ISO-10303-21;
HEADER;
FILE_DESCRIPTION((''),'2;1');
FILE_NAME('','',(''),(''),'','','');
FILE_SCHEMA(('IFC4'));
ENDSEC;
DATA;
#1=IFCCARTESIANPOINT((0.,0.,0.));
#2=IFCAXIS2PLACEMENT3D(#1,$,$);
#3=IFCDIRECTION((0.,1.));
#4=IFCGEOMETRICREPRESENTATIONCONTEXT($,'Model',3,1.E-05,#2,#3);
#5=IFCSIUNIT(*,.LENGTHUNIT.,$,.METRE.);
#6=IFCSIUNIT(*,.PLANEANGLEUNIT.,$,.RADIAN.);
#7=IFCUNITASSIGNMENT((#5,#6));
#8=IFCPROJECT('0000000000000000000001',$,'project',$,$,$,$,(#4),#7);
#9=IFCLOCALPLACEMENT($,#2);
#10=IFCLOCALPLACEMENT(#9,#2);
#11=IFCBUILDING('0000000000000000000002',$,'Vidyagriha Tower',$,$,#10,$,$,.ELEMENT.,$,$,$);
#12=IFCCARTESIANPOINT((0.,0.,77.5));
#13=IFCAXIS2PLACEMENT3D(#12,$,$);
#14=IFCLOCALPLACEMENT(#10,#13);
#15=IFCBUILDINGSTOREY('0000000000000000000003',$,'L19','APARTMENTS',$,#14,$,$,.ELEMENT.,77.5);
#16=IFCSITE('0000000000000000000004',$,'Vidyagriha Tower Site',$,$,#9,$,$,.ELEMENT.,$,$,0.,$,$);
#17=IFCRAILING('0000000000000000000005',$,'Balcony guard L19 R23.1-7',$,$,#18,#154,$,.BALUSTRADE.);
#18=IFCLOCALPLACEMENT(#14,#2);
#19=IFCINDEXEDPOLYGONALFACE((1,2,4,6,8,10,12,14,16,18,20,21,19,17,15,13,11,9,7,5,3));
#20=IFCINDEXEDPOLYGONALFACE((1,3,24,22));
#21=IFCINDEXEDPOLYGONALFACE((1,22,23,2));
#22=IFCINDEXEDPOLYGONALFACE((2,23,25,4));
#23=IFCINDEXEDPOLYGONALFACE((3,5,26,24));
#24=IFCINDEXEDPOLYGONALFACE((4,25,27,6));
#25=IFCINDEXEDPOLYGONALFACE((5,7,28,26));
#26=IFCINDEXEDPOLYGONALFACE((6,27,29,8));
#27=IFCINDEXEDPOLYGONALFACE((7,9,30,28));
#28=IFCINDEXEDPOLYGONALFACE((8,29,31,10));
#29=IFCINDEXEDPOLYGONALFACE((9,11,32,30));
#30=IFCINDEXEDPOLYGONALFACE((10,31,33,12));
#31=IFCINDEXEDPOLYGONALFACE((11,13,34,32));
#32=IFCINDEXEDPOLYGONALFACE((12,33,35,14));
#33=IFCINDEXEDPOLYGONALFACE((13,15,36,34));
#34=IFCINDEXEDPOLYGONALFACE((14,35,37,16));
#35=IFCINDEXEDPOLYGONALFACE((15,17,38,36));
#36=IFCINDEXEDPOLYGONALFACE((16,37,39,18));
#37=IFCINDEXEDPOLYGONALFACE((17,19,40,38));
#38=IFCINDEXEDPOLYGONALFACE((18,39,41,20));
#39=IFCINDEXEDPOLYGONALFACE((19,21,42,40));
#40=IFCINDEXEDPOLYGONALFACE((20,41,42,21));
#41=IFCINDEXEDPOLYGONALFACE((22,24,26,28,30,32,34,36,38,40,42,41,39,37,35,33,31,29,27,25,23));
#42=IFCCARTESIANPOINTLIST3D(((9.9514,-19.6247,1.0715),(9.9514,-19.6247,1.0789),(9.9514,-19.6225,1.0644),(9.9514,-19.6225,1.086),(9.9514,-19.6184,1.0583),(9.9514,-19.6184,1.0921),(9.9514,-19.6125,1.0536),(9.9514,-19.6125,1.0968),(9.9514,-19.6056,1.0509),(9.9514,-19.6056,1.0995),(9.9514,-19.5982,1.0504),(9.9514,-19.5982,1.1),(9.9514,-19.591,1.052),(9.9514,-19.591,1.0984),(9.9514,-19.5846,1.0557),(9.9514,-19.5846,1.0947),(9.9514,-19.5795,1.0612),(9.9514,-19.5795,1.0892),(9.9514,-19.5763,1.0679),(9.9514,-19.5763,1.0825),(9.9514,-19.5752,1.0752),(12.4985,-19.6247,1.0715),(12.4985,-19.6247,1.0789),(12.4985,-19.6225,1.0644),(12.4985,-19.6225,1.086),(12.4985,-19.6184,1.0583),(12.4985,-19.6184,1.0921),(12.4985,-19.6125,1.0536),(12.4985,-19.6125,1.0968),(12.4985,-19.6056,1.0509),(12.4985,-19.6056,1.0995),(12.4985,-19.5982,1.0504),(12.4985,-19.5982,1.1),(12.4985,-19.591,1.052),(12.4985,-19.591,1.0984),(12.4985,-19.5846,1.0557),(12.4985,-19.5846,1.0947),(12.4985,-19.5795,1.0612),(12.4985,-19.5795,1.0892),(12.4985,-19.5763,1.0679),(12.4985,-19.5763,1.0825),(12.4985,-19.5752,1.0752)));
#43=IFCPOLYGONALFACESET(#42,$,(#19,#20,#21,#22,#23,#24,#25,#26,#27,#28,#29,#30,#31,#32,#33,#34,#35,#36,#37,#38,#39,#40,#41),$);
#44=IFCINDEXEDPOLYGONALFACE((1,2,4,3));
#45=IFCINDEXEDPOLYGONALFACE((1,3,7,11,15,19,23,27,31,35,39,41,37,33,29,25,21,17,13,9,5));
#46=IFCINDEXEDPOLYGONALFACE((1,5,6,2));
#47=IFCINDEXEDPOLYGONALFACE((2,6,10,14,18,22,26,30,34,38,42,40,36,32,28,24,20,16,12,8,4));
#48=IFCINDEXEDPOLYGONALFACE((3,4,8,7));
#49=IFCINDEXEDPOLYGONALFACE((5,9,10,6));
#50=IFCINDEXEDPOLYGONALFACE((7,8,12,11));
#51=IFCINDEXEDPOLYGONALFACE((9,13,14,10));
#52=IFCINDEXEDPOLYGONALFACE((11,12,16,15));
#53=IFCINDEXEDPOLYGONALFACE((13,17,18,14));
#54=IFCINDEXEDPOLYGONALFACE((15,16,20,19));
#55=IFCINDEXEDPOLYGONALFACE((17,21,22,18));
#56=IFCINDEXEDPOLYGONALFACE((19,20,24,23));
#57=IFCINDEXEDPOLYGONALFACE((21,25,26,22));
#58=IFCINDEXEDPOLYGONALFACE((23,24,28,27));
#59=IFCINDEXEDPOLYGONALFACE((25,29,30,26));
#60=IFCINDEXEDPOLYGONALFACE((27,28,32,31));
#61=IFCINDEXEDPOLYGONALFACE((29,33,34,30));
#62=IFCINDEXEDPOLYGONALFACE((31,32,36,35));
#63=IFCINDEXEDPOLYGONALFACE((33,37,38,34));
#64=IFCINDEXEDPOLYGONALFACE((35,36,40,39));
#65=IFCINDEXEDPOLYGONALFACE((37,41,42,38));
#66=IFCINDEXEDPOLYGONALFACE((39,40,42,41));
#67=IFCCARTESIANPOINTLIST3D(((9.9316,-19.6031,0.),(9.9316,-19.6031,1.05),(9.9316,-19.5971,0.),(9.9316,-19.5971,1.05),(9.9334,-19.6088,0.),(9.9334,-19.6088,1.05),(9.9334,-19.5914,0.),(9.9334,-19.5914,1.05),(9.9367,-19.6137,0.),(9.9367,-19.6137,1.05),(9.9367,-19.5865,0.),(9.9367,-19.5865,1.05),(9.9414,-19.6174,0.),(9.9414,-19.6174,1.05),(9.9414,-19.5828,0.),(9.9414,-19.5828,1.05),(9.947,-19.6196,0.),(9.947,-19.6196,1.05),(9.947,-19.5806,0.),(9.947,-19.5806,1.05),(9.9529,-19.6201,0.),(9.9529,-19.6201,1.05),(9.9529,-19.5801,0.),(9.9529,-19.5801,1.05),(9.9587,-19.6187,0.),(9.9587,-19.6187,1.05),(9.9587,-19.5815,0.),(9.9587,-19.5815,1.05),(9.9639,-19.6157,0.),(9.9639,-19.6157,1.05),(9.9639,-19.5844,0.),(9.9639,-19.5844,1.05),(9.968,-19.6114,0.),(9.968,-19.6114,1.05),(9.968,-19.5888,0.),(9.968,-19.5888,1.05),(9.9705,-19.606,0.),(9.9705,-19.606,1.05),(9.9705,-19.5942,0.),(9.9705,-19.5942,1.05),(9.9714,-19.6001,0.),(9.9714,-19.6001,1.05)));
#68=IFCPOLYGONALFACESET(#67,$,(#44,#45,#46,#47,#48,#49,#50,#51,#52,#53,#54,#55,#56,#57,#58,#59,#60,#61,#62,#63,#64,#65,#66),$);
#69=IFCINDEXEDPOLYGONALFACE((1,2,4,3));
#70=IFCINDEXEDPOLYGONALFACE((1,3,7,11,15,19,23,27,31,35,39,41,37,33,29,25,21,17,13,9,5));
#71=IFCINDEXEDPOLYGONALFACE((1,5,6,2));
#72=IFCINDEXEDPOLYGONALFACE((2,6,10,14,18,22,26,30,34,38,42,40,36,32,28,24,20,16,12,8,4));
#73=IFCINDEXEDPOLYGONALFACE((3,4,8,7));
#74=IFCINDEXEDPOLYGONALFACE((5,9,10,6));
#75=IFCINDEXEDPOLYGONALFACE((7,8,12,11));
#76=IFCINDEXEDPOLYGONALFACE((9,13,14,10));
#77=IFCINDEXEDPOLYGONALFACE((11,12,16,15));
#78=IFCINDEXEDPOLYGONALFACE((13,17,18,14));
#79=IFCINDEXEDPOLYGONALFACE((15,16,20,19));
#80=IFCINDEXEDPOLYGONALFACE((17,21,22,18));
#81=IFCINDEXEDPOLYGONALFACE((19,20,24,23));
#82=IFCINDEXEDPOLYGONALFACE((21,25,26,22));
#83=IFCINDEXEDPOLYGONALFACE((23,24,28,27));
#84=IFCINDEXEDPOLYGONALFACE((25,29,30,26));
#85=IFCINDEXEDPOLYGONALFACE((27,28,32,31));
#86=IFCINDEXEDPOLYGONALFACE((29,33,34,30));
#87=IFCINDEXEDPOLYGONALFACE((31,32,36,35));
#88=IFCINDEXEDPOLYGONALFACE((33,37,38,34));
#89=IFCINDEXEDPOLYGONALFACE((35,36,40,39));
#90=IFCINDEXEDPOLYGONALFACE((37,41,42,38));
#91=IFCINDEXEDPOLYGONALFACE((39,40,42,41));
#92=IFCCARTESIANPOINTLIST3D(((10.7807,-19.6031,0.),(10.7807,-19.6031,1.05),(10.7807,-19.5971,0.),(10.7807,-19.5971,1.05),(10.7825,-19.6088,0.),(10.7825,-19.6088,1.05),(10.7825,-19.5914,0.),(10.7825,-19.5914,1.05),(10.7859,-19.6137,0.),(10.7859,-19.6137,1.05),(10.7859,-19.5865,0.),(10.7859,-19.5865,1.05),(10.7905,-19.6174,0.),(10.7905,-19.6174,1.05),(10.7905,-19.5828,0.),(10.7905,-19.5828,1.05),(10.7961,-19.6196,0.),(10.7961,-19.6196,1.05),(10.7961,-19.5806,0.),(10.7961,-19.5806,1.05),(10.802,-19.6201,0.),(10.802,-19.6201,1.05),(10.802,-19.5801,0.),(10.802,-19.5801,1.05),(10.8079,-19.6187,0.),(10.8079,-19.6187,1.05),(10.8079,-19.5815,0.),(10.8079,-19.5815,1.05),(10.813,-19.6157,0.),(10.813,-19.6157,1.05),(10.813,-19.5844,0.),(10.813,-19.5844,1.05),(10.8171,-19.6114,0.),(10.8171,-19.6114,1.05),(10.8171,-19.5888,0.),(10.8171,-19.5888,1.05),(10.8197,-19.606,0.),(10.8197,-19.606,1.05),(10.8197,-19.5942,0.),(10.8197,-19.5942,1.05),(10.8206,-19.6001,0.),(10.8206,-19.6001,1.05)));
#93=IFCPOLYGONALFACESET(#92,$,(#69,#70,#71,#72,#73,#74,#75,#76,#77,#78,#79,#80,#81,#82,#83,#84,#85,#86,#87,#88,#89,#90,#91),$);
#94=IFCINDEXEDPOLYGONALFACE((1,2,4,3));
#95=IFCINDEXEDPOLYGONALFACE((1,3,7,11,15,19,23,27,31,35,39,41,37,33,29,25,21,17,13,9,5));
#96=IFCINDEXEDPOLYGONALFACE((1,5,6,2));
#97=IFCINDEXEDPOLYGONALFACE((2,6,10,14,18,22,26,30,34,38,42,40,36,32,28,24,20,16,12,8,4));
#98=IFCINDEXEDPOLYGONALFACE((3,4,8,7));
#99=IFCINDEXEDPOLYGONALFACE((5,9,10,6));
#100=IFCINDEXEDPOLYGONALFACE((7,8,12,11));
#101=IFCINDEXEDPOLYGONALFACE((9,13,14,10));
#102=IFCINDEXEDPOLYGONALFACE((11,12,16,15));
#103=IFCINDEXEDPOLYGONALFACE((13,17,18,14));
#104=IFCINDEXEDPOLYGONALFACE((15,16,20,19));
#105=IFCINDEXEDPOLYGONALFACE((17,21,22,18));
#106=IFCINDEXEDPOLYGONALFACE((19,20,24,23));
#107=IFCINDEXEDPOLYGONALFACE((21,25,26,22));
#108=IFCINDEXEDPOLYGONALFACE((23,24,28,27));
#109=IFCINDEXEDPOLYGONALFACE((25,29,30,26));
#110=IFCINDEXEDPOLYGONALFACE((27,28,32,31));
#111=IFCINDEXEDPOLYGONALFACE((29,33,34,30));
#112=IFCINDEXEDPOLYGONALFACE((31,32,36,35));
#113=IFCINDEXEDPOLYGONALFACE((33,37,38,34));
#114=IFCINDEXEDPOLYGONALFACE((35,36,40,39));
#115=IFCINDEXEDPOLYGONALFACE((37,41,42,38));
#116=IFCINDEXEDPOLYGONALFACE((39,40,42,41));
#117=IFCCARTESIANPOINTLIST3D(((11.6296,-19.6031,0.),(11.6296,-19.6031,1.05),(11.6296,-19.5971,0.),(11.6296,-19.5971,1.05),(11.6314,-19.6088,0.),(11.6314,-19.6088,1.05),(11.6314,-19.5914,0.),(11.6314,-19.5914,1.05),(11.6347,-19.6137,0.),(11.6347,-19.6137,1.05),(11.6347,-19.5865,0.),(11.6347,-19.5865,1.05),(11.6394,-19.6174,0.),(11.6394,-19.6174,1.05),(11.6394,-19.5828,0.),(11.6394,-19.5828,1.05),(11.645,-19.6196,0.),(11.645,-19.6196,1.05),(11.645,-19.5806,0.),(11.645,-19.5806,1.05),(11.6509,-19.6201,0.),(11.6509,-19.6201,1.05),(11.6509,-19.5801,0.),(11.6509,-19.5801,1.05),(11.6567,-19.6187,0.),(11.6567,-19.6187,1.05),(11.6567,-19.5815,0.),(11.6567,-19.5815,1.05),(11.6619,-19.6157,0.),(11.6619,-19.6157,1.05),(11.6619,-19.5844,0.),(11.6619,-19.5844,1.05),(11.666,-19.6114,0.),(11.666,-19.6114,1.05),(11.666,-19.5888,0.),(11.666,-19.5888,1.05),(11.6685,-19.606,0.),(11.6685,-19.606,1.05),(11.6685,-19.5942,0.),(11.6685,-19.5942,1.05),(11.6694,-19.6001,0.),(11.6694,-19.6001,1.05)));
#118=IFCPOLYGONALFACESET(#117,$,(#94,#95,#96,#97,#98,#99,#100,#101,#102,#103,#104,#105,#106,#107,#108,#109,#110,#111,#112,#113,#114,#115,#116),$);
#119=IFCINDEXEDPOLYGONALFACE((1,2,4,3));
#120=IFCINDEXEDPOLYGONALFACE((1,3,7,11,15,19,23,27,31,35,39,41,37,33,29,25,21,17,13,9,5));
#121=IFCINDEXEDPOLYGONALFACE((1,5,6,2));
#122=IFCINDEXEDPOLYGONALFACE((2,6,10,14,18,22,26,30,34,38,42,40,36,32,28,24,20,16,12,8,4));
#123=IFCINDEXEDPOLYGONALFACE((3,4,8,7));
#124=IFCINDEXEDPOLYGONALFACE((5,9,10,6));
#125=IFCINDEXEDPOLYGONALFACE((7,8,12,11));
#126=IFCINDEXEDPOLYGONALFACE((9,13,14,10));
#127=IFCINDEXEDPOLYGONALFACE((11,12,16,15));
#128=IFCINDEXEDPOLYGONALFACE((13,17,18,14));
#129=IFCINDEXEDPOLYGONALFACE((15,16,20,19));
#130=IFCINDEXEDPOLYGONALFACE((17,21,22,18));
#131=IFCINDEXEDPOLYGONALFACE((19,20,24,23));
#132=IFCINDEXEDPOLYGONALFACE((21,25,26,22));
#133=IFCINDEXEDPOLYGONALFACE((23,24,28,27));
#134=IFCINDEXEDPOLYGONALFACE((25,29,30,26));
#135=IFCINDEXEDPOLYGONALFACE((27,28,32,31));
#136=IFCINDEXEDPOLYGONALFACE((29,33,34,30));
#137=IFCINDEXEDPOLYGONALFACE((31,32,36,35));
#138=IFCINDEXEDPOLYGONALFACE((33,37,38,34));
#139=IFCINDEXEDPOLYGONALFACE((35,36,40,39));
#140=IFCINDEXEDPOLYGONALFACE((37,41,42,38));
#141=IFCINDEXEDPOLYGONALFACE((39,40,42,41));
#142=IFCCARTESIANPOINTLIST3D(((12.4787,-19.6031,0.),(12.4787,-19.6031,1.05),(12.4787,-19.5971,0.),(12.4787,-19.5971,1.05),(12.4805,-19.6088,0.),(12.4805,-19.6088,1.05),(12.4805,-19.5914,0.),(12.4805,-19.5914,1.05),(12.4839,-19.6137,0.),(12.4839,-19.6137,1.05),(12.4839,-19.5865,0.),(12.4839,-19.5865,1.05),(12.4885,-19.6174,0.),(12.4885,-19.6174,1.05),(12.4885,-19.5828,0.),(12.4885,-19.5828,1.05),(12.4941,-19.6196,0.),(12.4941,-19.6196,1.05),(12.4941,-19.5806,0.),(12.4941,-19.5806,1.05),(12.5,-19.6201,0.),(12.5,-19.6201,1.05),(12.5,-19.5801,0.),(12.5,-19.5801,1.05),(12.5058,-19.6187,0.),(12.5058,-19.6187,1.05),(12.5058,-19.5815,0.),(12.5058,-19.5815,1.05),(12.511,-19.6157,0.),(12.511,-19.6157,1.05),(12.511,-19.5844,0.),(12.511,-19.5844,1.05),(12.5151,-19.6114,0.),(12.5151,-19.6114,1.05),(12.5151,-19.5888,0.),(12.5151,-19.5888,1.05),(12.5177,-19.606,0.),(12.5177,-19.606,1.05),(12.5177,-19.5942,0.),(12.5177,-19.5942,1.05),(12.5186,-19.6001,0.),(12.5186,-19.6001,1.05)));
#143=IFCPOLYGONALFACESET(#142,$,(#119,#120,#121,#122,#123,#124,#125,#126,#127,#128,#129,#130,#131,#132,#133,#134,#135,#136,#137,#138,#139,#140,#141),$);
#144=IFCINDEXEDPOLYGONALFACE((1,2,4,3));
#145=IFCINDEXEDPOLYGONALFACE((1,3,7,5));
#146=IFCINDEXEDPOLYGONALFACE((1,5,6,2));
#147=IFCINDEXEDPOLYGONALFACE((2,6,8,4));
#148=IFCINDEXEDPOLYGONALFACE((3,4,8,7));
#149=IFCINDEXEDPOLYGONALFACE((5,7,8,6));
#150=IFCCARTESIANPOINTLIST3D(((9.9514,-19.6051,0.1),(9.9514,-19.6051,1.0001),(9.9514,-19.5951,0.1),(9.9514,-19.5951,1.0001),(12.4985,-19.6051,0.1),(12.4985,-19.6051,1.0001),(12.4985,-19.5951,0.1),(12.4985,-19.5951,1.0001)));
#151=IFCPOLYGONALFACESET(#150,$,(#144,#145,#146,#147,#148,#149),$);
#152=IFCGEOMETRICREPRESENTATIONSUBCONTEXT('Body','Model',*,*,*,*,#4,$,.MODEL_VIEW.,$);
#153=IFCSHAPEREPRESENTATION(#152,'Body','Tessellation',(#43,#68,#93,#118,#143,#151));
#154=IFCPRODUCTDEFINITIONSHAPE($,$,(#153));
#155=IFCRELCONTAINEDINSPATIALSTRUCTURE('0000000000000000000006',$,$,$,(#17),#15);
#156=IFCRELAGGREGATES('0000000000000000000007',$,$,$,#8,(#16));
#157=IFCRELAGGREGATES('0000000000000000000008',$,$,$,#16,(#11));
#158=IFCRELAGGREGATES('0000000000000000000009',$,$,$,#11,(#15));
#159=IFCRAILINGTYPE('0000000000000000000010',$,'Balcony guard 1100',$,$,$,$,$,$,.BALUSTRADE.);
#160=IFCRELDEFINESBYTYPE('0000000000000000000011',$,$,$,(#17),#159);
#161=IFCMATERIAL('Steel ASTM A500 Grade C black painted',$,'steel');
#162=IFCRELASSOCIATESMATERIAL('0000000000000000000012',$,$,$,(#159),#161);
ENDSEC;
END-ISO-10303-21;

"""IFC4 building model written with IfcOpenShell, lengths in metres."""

from ifc_helpers import new_model, si_unit, direction, frame, origin, origin_2d, place, context, subcontext, project, spatial, rectangle, circle, extrude, material, type_object, element, save


model = new_model("IFC4")

# Units and contexts
model_context = context("Model", 3, precision=1e-05, world=origin(), true_north=direction((0.0, 1.0)))
body_context = subcontext(model_context, "Body", "Model", "MODEL_VIEW")
ifc_project = project(units=[si_unit("LENGTHUNIT", "METRE"), si_unit("PLANEANGLEUNIT", "RADIAN")], contexts=[model_context])

# Site, building, storey
site_placement = place(None, origin())
site = spatial("IfcSite", under=ifc_project, at=site_placement, Name="Vidyagriha Tower Site", CompositionType="ELEMENT", RefElevation=0.0)
building_placement = place(site_placement, origin())
building = spatial("IfcBuilding", under=site, at=building_placement, Name="Vidyagriha Tower", CompositionType="ELEMENT")
storey_placement = place(building_placement, frame((0.0, 0.0, 77.5)))
storey = spatial("IfcBuildingStorey", under=building, at=storey_placement, Name="L19", Description="APARTMENTS", CompositionType="ELEMENT", Elevation=77.5)

# Railing
ifc_material_1 = material(Name="Steel ASTM A500 Grade C black painted", Category="steel")
railing_type = type_object("IfcRailingType", Name="Balcony guard 1100", PredefinedType="BALUSTRADE", material=ifc_material_1)
railing_1_placement = place(storey_placement, frame((9.9514, -19.6001, 0.0)))
element("IfcRailing", 1, at=railing_1_placement, inside=storey, type_object=railing_type, Name="Balcony guard L19 R23.1-7", PredefinedType="BALUSTRADE", context=body_context, shape_type="SweptSolid", body=[
    extrude(circle(Radius=0.0249, at=origin_2d()), frame((0.0, 0.0, 1.0752), z_axis=(1.0, 0.0, 0.0), x_axis=(0.0, 1.0, 0.0)), (0.0, 0.0, 1.0), 2.5471),
    extrude(circle(Radius=0.02, at=origin_2d()), origin(), (0.0, 0.0, 1.0), 1.05),
    extrude(circle(Radius=0.02, at=origin_2d()), frame((0.8491, 0.0, 0.0)), (0.0, 0.0, 1.0), 1.05),
    extrude(circle(Radius=0.02, at=origin_2d()), frame((1.698, 0.0, 0.0)), (0.0, 0.0, 1.0), 1.05),
    extrude(circle(Radius=0.02, at=origin_2d()), frame((2.5471, 0.0, 0.0)), (0.0, 0.0, 1.0), 1.05),
    extrude(rectangle(XDim=0.01, YDim=0.9001, at=origin_2d()), frame((0.0, 0.0, 0.55), z_axis=(1.0, 0.0, 0.0), x_axis=(0.0, 1.0, 0.0)), (0.0, 0.0, 1.0), 2.5471),
])

save(model, "model.ifc")
